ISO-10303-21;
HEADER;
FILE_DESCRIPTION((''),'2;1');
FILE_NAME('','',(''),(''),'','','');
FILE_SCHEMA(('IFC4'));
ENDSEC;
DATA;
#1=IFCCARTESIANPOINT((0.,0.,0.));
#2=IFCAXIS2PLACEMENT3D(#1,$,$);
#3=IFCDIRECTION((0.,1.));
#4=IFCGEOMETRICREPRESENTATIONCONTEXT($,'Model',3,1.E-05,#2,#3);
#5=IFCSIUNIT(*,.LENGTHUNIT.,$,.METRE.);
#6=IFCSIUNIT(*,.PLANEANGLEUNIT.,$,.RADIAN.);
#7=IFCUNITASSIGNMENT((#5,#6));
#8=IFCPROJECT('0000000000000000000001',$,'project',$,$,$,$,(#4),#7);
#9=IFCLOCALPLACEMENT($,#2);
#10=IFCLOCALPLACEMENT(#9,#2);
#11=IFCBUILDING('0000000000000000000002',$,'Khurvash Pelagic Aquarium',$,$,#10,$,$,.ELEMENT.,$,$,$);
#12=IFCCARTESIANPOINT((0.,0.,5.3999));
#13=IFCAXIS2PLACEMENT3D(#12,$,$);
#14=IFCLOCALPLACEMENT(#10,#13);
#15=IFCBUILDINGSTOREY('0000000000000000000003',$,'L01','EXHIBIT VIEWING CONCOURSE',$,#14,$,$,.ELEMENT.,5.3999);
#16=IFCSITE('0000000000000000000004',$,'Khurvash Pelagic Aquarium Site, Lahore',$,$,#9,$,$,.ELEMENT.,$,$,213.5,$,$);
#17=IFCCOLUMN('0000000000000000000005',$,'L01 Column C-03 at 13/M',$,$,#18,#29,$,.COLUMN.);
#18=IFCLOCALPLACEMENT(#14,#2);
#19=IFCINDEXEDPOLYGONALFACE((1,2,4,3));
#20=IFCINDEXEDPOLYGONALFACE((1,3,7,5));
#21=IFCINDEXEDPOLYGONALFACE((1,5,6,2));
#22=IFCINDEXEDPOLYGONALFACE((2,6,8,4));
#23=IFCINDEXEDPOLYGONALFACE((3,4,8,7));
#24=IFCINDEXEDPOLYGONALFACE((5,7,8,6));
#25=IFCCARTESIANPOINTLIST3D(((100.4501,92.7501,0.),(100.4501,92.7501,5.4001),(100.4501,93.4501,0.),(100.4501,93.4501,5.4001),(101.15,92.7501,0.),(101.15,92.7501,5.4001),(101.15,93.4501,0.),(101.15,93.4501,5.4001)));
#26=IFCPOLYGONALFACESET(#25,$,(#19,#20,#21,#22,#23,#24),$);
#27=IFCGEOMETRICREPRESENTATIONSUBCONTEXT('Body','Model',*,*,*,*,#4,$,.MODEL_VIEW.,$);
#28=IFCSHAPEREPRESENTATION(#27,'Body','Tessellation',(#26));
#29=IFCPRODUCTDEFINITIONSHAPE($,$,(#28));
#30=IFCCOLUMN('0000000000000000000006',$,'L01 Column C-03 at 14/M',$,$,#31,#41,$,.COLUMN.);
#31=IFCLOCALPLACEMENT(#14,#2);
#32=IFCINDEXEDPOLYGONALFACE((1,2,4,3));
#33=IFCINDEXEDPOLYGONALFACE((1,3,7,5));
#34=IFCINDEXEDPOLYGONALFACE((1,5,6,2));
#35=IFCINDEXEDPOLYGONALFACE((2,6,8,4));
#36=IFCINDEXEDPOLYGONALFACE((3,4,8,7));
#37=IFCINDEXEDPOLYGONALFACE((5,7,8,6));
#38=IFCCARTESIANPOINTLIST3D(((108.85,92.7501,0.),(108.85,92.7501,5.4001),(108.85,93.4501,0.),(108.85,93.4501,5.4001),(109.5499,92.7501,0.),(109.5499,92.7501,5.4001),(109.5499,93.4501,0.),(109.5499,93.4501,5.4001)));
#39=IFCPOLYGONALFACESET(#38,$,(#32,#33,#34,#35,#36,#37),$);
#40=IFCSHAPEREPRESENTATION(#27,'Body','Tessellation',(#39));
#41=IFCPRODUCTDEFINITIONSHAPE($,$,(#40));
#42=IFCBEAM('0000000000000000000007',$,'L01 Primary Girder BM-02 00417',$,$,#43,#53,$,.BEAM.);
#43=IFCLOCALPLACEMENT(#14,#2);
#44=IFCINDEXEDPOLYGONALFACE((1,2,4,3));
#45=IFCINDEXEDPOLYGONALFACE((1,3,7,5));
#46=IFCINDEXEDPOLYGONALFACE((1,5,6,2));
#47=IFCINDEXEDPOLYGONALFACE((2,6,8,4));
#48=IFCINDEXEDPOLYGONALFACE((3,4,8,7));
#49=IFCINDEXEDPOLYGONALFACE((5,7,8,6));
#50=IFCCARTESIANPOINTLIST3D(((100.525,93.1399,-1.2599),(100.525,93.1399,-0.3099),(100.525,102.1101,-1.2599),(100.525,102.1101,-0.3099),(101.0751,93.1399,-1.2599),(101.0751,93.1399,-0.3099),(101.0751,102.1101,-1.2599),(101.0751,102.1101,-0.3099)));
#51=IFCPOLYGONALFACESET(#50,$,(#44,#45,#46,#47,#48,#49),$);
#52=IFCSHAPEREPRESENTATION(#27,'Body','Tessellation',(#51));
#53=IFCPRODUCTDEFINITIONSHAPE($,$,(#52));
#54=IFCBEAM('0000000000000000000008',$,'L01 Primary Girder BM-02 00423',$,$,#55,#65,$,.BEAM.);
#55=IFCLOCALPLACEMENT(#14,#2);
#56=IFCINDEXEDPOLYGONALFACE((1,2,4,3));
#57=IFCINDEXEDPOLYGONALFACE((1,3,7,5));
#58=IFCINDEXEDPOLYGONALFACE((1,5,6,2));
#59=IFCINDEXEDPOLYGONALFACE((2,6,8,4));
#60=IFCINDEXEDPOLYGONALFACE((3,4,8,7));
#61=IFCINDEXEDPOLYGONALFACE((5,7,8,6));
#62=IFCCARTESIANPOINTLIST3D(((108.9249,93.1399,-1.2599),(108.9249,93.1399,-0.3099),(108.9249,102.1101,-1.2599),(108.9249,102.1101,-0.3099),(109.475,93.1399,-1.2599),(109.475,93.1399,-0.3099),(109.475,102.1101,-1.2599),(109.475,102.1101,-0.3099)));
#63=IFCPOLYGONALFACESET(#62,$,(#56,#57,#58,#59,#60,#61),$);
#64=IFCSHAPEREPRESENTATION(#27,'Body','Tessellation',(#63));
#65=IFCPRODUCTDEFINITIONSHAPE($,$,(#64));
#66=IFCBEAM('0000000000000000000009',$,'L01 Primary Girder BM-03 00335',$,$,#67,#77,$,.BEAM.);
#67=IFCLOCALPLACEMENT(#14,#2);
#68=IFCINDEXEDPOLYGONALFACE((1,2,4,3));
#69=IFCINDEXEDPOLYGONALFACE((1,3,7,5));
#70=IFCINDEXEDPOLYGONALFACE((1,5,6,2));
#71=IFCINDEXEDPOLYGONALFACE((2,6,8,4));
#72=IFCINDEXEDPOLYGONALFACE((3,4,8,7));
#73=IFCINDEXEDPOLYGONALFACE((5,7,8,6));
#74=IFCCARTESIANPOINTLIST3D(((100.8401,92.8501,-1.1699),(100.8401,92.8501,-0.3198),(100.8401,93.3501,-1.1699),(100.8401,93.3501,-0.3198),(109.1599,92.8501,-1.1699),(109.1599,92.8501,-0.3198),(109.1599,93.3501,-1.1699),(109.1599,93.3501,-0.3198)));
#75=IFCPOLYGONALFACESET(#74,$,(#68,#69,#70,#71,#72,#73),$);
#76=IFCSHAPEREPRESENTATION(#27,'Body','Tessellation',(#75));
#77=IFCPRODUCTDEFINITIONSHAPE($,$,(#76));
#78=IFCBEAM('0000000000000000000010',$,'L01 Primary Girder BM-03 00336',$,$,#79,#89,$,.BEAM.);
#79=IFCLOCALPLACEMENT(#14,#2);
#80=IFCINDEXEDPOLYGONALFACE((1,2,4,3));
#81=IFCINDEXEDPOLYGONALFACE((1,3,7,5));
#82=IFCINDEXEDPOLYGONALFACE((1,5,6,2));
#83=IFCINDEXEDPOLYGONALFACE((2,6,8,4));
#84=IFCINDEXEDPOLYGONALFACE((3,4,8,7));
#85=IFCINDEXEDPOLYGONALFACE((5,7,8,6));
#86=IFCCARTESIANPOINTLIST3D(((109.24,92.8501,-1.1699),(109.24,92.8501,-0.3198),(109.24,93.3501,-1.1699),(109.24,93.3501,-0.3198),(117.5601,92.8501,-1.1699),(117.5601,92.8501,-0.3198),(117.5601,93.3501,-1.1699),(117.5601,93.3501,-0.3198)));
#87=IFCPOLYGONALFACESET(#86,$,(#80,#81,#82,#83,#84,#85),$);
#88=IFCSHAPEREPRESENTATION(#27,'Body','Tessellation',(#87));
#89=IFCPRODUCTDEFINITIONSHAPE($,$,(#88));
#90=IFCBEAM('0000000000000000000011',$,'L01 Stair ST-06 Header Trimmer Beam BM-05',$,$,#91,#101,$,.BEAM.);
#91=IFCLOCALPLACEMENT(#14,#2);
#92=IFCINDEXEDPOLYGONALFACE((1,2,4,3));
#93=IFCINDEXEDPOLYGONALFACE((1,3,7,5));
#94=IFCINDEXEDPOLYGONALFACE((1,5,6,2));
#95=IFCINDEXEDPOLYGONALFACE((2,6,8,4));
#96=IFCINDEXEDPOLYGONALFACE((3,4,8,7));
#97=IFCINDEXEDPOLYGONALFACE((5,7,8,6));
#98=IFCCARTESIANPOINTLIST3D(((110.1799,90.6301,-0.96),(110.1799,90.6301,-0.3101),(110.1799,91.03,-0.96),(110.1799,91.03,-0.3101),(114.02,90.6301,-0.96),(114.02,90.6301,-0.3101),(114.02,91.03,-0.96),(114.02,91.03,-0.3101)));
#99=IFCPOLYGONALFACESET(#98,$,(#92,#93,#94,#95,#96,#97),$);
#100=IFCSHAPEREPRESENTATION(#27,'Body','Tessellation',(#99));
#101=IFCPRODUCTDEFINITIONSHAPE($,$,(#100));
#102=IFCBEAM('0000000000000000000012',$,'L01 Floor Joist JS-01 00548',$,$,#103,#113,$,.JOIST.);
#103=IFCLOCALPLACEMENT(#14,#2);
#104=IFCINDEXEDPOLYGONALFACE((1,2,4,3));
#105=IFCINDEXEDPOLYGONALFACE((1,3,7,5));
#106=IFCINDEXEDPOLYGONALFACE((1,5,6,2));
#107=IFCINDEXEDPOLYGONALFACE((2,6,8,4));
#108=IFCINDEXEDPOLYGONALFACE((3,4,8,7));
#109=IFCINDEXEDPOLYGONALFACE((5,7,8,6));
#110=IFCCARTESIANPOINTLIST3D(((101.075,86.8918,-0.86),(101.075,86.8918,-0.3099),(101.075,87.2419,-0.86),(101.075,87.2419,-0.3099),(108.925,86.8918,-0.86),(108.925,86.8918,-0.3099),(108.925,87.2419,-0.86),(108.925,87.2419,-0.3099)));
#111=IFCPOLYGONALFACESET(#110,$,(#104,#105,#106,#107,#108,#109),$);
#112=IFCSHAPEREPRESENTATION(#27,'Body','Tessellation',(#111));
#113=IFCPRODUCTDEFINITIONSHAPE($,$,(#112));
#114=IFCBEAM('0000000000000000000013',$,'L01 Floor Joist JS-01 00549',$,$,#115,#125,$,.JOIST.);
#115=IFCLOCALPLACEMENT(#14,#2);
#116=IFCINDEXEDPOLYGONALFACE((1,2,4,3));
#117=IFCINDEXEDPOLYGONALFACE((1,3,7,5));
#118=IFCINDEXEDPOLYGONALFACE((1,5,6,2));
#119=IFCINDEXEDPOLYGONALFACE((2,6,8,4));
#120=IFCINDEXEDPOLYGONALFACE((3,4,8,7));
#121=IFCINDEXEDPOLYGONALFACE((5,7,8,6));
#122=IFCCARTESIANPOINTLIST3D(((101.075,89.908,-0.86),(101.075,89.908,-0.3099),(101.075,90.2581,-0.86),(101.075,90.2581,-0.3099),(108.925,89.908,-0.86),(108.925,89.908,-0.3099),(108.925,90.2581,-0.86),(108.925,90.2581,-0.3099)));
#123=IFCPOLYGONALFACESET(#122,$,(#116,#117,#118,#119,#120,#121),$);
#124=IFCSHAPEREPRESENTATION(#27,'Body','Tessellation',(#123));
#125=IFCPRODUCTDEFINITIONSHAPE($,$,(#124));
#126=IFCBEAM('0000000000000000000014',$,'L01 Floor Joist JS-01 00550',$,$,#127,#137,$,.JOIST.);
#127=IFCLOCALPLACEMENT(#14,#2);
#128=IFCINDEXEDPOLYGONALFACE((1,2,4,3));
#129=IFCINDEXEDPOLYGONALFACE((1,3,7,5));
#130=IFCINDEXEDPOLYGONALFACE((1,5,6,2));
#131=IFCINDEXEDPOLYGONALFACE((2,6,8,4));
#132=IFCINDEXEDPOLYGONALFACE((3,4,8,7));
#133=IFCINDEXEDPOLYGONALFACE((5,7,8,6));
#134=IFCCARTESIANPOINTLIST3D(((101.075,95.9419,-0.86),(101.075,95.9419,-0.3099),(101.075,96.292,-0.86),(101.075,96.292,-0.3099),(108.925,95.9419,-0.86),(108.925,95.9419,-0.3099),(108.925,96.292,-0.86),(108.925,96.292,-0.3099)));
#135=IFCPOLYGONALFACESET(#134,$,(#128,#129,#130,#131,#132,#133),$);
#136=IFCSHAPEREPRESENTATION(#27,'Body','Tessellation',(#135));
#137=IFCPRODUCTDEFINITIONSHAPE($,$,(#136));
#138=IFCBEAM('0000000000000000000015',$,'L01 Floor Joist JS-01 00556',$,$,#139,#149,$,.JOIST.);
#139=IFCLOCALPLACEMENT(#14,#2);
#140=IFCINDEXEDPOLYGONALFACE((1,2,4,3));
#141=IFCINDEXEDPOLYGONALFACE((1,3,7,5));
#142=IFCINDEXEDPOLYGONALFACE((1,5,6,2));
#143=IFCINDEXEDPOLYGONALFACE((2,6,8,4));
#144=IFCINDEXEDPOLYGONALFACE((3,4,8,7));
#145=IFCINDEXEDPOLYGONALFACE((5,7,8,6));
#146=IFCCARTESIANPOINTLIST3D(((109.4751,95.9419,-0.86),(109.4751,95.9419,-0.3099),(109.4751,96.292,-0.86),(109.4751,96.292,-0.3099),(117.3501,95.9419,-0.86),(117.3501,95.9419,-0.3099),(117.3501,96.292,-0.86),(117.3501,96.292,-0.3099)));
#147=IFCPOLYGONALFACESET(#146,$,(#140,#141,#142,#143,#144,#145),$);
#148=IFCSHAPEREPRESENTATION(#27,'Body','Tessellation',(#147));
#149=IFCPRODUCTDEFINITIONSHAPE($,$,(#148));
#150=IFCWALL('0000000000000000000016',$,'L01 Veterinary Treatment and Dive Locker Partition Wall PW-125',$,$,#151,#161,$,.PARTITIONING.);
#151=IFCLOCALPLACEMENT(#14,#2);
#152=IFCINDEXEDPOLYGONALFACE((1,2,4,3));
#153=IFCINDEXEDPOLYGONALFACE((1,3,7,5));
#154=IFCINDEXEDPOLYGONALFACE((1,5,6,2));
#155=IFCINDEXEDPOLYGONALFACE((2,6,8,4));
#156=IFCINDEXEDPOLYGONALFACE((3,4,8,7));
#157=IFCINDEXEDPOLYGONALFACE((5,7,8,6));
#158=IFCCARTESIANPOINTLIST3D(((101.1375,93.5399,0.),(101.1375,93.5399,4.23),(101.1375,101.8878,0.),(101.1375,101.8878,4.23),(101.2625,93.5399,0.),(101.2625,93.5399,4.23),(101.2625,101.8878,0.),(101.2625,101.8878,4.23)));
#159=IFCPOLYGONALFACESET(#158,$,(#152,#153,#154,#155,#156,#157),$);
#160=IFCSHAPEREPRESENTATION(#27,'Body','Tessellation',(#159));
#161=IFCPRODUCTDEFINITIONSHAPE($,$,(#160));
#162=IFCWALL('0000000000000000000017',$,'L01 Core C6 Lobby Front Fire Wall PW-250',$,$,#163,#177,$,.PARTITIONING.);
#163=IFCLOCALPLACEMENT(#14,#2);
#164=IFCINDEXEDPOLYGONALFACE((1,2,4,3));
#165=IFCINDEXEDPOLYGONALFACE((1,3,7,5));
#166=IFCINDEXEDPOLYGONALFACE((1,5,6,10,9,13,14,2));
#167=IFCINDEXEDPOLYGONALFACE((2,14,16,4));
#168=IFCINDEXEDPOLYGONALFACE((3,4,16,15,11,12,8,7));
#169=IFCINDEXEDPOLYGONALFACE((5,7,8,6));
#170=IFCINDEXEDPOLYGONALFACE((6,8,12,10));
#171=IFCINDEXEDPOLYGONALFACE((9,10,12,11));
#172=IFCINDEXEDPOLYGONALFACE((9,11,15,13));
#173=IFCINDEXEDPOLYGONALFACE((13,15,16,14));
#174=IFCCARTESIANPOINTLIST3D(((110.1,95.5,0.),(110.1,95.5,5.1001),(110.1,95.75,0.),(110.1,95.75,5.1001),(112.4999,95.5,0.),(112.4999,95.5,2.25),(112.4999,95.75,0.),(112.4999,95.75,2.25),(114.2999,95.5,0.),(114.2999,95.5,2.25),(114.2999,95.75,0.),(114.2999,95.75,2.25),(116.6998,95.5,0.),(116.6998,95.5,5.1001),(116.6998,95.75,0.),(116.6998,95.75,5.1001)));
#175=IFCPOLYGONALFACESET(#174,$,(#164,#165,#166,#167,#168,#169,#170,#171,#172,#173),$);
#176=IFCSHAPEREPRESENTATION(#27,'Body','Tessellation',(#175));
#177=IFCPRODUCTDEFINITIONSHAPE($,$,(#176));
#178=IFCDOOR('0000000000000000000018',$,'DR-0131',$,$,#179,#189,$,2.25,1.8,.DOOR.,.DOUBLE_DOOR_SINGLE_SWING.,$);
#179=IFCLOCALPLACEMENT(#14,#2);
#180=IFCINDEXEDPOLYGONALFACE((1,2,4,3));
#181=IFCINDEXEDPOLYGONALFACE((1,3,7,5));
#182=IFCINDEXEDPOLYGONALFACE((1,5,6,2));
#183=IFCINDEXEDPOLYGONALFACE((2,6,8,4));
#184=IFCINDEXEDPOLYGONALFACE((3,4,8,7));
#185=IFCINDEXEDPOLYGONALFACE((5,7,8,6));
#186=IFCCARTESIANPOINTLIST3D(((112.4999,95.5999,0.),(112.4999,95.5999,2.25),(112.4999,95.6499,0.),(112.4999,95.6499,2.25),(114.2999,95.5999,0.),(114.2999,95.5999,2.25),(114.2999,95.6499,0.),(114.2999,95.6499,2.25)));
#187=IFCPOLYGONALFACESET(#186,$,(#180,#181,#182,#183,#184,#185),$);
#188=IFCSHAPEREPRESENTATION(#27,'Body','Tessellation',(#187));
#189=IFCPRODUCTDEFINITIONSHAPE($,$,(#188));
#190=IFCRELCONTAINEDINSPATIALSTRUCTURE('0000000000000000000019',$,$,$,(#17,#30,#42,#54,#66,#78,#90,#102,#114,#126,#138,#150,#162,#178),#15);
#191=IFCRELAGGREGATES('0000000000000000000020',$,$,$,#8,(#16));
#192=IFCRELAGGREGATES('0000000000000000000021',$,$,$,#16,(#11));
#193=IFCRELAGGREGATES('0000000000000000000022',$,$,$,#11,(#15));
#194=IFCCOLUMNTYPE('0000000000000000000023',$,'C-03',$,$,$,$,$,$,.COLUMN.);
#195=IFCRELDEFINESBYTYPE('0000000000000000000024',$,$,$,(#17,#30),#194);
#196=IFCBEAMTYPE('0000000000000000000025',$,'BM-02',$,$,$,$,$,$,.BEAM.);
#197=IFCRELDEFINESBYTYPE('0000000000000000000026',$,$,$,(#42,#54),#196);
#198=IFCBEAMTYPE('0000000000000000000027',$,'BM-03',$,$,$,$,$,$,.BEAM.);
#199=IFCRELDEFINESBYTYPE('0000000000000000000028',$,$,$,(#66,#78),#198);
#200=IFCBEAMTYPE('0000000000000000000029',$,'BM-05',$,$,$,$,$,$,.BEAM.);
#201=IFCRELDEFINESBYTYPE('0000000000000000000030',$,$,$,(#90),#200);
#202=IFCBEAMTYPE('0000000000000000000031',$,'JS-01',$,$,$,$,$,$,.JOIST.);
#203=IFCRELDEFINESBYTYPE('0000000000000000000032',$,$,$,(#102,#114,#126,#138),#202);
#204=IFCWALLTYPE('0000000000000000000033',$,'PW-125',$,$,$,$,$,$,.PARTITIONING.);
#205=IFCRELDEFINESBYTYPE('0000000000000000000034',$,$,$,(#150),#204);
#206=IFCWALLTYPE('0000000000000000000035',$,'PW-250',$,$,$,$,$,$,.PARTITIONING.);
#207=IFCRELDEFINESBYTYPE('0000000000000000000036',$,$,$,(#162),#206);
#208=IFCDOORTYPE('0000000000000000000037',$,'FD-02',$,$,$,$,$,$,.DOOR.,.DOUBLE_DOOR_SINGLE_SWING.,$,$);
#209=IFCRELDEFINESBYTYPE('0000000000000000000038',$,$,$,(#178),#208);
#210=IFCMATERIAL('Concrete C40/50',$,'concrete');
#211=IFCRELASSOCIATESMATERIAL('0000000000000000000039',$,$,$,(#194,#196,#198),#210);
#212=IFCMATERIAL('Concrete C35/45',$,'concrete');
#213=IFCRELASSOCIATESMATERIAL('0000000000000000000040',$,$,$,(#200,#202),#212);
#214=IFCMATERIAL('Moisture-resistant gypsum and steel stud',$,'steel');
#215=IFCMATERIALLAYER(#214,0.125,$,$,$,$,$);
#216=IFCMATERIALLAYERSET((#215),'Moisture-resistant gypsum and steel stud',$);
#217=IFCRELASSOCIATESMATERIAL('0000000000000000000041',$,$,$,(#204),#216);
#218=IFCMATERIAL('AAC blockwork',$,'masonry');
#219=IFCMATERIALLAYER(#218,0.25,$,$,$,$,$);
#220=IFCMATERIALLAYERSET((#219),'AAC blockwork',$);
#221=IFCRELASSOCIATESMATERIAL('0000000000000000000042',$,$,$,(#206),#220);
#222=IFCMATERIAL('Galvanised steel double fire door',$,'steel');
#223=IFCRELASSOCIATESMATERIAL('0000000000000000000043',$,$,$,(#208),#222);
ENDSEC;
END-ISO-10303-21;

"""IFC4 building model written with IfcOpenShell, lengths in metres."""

from ifc_helpers import new_model, si_unit, direction, frame, frame_2d, origin, origin_2d, place, context, subcontext, project, spatial, rectangle, extrude, material, layer, layer_set, material_profile, profile_set, type_object, element, fill, save


model = new_model("IFC4")

# Units and contexts
model_context = context("Model", 3, precision=1e-05, world=origin(), true_north=direction((0.0, 1.0)))
body_context = subcontext(model_context, "Body", "Model", "MODEL_VIEW")
ifc_project = project(units=[si_unit("LENGTHUNIT", "METRE"), si_unit("PLANEANGLEUNIT", "RADIAN")], contexts=[model_context])

# Site, building, storey
site_placement = place(None, origin())
site = spatial("IfcSite", under=ifc_project, at=site_placement, Name="Khurvash Pelagic Aquarium Site, Lahore", CompositionType="ELEMENT", RefElevation=213.5)
building_placement = place(site_placement, origin())
building = spatial("IfcBuilding", under=site, at=building_placement, Name="Khurvash Pelagic Aquarium", CompositionType="ELEMENT")
storey_placement = place(building_placement, frame((0.0, 0.0, 5.3999)))
storey = spatial("IfcBuildingStorey", under=building, at=storey_placement, Name="L01", Description="EXHIBIT VIEWING CONCOURSE", CompositionType="ELEMENT", Elevation=5.3999)

# Columns
ifc_material_1 = material(Name="Concrete C40/50", Category="concrete")
ifc_material_profile_1 = material_profile(ifc_material_1, rectangle(XDim=0.7, YDim=0.7, at=origin_2d()), Name="RC700X700")
ifc_profile_set_1 = profile_set([ifc_material_profile_1], Name="Concrete C40/50")
column_type = type_object("IfcColumnType", Name="C-03", PredefinedType="COLUMN", material=ifc_profile_set_1)
for number, where, z_axis, x_axis, name in (
    (1, (100.8, 93.1001, 0.0), (0.0, 0.0, 1.0), (1.0, 0.0, 0.0), "L01 Column C-03 at 13/M"),
    (2, (109.2, 93.1001, 0.0), (0.0, 0.0, 1.0), (1.0, 0.0, 0.0), "L01 Column C-03 at 14/M"),
):
    element("IfcColumn", number, at=place(storey_placement, frame(where, z_axis=z_axis, x_axis=x_axis)), inside=storey, type_object=column_type, Name=name, PredefinedType="COLUMN", context=body_context, shape_type="SweptSolid", body=[
        extrude(rectangle(XDim=0.7, YDim=0.7, at=origin_2d()), origin(), (0.0, 0.0, 1.0), 5.4001),
    ])

# Beams
ifc_material_profile_2 = material_profile(ifc_material_1, rectangle(XDim=0.55, YDim=0.95, at=origin_2d()), Name="RC550X950")
ifc_profile_set_2 = profile_set([ifc_material_profile_2], Name="Concrete C40/50")
beam_type_1 = type_object("IfcBeamType", Name="BM-02", PredefinedType="BEAM", material=ifc_profile_set_2)
for number, where, z_axis, x_axis, name in (
    (3, (100.8, 93.1399, -0.7849), (0.0, 1.0, 0.0), (-1.0, 0.0, 0.0), "L01 Primary Girder BM-02 00417"),
    (4, (109.2, 93.1399, -0.7849), (0.0, 1.0, 0.0), (-1.0, 0.0, 0.0), "L01 Primary Girder BM-02 00423"),
):
    element("IfcBeam", number, at=place(storey_placement, frame(where, z_axis=z_axis, x_axis=x_axis)), inside=storey, type_object=beam_type_1, Name=name, PredefinedType="BEAM", context=body_context, shape_type="SweptSolid", body=[
        extrude(rectangle(XDim=0.55, YDim=0.95, at=origin_2d()), origin(), (0.0, 0.0, 1.0), 8.9702),
    ])
ifc_material_profile_3 = material_profile(ifc_material_1, rectangle(XDim=0.5, YDim=0.8501, at=origin_2d()), Name="RC500X850")
ifc_profile_set_3 = profile_set([ifc_material_profile_3], Name="Concrete C40/50")
beam_type_2 = type_object("IfcBeamType", Name="BM-03", PredefinedType="BEAM", material=ifc_profile_set_3)
beam_1_placement = place(storey_placement, frame((100.8401, 93.1001, -0.7449), z_axis=(1.0, 0.0, 0.0), x_axis=(0.0, 1.0, 0.0)))
element("IfcBeam", 5, at=beam_1_placement, inside=storey, type_object=beam_type_2, Name="L01 Primary Girder BM-03 00335", PredefinedType="BEAM", context=body_context, shape_type="SweptSolid", body=[
    extrude(rectangle(XDim=0.5, YDim=0.8501, at=origin_2d()), origin(), (0.0, 0.0, 1.0), 8.3198),
])
beam_2_placement = place(storey_placement, frame((109.24, 93.1001, -0.7449), z_axis=(1.0, 0.0, 0.0), x_axis=(0.0, 1.0, 0.0)))
element("IfcBeam", 6, at=beam_2_placement, inside=storey, type_object=beam_type_2, Name="L01 Primary Girder BM-03 00336", PredefinedType="BEAM", context=body_context, shape_type="SweptSolid", body=[
    extrude(rectangle(XDim=0.5, YDim=0.8501, at=origin_2d()), origin(), (0.0, 0.0, 1.0), 8.3201),
])
ifc_material_2 = material(Name="Concrete C35/45", Category="concrete")
ifc_material_profile_4 = material_profile(ifc_material_2, rectangle(XDim=0.3999, YDim=0.6499, at=origin_2d()), Name="RC400X650")
ifc_profile_set_4 = profile_set([ifc_material_profile_4], Name="Concrete C35/45")
beam_type_3 = type_object("IfcBeamType", Name="BM-05", PredefinedType="BEAM", material=ifc_profile_set_4)
beam_3_placement = place(storey_placement, frame((110.1799, 90.8301, -0.635), z_axis=(1.0, 0.0, 0.0), x_axis=(0.0, 1.0, 0.0)))
element("IfcBeam", 7, at=beam_3_placement, inside=storey, type_object=beam_type_3, Name="L01 Stair ST-06 Header Trimmer Beam BM-05", PredefinedType="BEAM", context=body_context, shape_type="SweptSolid", body=[
    extrude(rectangle(XDim=0.3999, YDim=0.6499, at=origin_2d()), origin(), (0.0, 0.0, 1.0), 3.8401),
])
ifc_material_profile_5 = material_profile(ifc_material_2, rectangle(XDim=0.3501, YDim=0.55, at=origin_2d()), Name="RC350X550")
ifc_profile_set_5 = profile_set([ifc_material_profile_5], Name="Concrete C35/45")
beam_type_4 = type_object("IfcBeamType", Name="JS-01", PredefinedType="JOIST", material=ifc_profile_set_5)
for number, where, z_axis, x_axis, name in (
    (8, (101.075, 87.0669, -0.585), (1.0, 0.0, 0.0), (0.0, 1.0, 0.0), "L01 Floor Joist JS-01 00548"),
    (9, (101.075, 90.083, -0.585), (1.0, 0.0, 0.0), (0.0, 1.0, 0.0), "L01 Floor Joist JS-01 00549"),
    (10, (101.075, 96.1169, -0.585), (1.0, 0.0, 0.0), (0.0, 1.0, 0.0), "L01 Floor Joist JS-01 00550"),
):
    element("IfcBeam", number, at=place(storey_placement, frame(where, z_axis=z_axis, x_axis=x_axis)), inside=storey, type_object=beam_type_4, Name=name, PredefinedType="JOIST", context=body_context, shape_type="SweptSolid", body=[
        extrude(rectangle(XDim=0.3501, YDim=0.55, at=origin_2d()), origin(), (0.0, 0.0, 1.0), 7.8501),
    ])
beam_4_placement = place(storey_placement, frame((109.4751, 96.1169, -0.585), z_axis=(1.0, 0.0, 0.0), x_axis=(0.0, 1.0, 0.0)))
element("IfcBeam", 11, at=beam_4_placement, inside=storey, type_object=beam_type_4, Name="L01 Floor Joist JS-01 00556", PredefinedType="JOIST", context=body_context, shape_type="SweptSolid", body=[
    extrude(rectangle(XDim=0.3501, YDim=0.55, at=origin_2d()), origin(), (0.0, 0.0, 1.0), 7.875),
])

# Wall
ifc_material_3 = material(Name="Moisture-resistant gypsum and steel stud", Category="steel")
ifc_layer_1 = layer(ifc_material_3, 0.125)
ifc_layer_set_1 = layer_set([ifc_layer_1], Name="Moisture-resistant gypsum and steel stud")
wall_type_1 = type_object("IfcWallType", Name="PW-125", PredefinedType="PARTITIONING", material=ifc_layer_set_1)
wall_1_placement = place(storey_placement, frame((101.2, 93.54, 0.0), z_axis=(0.0, 0.0, 1.0), x_axis=(0.0, 1.0, 0.0)))
element("IfcWall", 12, at=wall_1_placement, inside=storey, type_object=wall_type_1, Name="L01 Veterinary Treatment and Dive Locker Partition Wall PW-125", PredefinedType="PARTITIONING", context=body_context, shape_type="SweptSolid", body=[
    extrude(rectangle(XDim=8.3479, YDim=0.125, at=frame_2d((4.1738, 0.0))), origin(), (0.0, 0.0, 1.0), 4.23),
])

# Wall, opening, door
ifc_material_4 = material(Name="AAC blockwork", Category="masonry")
ifc_layer_2 = layer(ifc_material_4, 0.25)
ifc_layer_set_2 = layer_set([ifc_layer_2], Name="AAC blockwork")
wall_type_2 = type_object("IfcWallType", Name="PW-250", PredefinedType="PARTITIONING", material=ifc_layer_set_2)
wall_2_placement = place(storey_placement, frame((110.1001, 95.625, 0.0), z_axis=(0.0, 0.0, 1.0), x_axis=(1.0, 0.0, 0.0)))
wall_2 = element("IfcWall", 13, at=wall_2_placement, inside=storey, type_object=wall_type_2, Name="L01 Core C6 Lobby Front Fire Wall PW-250", PredefinedType="PARTITIONING", context=body_context, shape_type="SweptSolid", body=[
    extrude(rectangle(XDim=6.5999, YDim=0.25, at=frame_2d((3.2998, 0.0))), origin(), (0.0, 0.0, 1.0), 5.1001),
])
opening_1_placement = place(wall_2_placement, frame((2.3999, 0.0, 0.0)))
opening_1 = element("IfcOpeningElement", 14, at=opening_1_placement, cuts=wall_2, PredefinedType="OPENING", context=body_context, shape_type="SweptSolid", body=[
    extrude(rectangle(XDim=1.8, YDim=2.25, at=frame_2d((0.8999, 1.125))), frame((0.0, 0.135, 0.0), z_axis=(0.0, -1.0, 0.0), x_axis=(1.0, 0.0, 0.0)), (0.0, 0.0, 1.0), 0.27),
])
ifc_material_5 = material(Name="Galvanised steel double fire door", Category="steel")
door_type_1 = type_object("IfcDoorType", Name="FD-02", OperationType="DOUBLE_DOOR_SINGLE_SWING", PredefinedType="DOOR", material=ifc_material_5)
door_1_placement = place(opening_1_placement, origin())
door_1 = element("IfcDoor", 15, at=door_1_placement, inside=storey, type_object=door_type_1, Name="DR-0131", OperationType="DOUBLE_DOOR_SINGLE_SWING", OverallHeight=2.25, OverallWidth=1.8, PredefinedType="DOOR", context=body_context, shape_type="SweptSolid", body=[
    extrude(rectangle(XDim=1.8, YDim=2.25, at=frame_2d((0.8999, 1.125))), frame((0.0, 0.0249, 0.0), z_axis=(0.0, -1.0, 0.0), x_axis=(1.0, 0.0, 0.0)), (0.0, 0.0, 1.0), 0.05),
])
fill(opening_1, door_1)

save(model, "model.ifc")
